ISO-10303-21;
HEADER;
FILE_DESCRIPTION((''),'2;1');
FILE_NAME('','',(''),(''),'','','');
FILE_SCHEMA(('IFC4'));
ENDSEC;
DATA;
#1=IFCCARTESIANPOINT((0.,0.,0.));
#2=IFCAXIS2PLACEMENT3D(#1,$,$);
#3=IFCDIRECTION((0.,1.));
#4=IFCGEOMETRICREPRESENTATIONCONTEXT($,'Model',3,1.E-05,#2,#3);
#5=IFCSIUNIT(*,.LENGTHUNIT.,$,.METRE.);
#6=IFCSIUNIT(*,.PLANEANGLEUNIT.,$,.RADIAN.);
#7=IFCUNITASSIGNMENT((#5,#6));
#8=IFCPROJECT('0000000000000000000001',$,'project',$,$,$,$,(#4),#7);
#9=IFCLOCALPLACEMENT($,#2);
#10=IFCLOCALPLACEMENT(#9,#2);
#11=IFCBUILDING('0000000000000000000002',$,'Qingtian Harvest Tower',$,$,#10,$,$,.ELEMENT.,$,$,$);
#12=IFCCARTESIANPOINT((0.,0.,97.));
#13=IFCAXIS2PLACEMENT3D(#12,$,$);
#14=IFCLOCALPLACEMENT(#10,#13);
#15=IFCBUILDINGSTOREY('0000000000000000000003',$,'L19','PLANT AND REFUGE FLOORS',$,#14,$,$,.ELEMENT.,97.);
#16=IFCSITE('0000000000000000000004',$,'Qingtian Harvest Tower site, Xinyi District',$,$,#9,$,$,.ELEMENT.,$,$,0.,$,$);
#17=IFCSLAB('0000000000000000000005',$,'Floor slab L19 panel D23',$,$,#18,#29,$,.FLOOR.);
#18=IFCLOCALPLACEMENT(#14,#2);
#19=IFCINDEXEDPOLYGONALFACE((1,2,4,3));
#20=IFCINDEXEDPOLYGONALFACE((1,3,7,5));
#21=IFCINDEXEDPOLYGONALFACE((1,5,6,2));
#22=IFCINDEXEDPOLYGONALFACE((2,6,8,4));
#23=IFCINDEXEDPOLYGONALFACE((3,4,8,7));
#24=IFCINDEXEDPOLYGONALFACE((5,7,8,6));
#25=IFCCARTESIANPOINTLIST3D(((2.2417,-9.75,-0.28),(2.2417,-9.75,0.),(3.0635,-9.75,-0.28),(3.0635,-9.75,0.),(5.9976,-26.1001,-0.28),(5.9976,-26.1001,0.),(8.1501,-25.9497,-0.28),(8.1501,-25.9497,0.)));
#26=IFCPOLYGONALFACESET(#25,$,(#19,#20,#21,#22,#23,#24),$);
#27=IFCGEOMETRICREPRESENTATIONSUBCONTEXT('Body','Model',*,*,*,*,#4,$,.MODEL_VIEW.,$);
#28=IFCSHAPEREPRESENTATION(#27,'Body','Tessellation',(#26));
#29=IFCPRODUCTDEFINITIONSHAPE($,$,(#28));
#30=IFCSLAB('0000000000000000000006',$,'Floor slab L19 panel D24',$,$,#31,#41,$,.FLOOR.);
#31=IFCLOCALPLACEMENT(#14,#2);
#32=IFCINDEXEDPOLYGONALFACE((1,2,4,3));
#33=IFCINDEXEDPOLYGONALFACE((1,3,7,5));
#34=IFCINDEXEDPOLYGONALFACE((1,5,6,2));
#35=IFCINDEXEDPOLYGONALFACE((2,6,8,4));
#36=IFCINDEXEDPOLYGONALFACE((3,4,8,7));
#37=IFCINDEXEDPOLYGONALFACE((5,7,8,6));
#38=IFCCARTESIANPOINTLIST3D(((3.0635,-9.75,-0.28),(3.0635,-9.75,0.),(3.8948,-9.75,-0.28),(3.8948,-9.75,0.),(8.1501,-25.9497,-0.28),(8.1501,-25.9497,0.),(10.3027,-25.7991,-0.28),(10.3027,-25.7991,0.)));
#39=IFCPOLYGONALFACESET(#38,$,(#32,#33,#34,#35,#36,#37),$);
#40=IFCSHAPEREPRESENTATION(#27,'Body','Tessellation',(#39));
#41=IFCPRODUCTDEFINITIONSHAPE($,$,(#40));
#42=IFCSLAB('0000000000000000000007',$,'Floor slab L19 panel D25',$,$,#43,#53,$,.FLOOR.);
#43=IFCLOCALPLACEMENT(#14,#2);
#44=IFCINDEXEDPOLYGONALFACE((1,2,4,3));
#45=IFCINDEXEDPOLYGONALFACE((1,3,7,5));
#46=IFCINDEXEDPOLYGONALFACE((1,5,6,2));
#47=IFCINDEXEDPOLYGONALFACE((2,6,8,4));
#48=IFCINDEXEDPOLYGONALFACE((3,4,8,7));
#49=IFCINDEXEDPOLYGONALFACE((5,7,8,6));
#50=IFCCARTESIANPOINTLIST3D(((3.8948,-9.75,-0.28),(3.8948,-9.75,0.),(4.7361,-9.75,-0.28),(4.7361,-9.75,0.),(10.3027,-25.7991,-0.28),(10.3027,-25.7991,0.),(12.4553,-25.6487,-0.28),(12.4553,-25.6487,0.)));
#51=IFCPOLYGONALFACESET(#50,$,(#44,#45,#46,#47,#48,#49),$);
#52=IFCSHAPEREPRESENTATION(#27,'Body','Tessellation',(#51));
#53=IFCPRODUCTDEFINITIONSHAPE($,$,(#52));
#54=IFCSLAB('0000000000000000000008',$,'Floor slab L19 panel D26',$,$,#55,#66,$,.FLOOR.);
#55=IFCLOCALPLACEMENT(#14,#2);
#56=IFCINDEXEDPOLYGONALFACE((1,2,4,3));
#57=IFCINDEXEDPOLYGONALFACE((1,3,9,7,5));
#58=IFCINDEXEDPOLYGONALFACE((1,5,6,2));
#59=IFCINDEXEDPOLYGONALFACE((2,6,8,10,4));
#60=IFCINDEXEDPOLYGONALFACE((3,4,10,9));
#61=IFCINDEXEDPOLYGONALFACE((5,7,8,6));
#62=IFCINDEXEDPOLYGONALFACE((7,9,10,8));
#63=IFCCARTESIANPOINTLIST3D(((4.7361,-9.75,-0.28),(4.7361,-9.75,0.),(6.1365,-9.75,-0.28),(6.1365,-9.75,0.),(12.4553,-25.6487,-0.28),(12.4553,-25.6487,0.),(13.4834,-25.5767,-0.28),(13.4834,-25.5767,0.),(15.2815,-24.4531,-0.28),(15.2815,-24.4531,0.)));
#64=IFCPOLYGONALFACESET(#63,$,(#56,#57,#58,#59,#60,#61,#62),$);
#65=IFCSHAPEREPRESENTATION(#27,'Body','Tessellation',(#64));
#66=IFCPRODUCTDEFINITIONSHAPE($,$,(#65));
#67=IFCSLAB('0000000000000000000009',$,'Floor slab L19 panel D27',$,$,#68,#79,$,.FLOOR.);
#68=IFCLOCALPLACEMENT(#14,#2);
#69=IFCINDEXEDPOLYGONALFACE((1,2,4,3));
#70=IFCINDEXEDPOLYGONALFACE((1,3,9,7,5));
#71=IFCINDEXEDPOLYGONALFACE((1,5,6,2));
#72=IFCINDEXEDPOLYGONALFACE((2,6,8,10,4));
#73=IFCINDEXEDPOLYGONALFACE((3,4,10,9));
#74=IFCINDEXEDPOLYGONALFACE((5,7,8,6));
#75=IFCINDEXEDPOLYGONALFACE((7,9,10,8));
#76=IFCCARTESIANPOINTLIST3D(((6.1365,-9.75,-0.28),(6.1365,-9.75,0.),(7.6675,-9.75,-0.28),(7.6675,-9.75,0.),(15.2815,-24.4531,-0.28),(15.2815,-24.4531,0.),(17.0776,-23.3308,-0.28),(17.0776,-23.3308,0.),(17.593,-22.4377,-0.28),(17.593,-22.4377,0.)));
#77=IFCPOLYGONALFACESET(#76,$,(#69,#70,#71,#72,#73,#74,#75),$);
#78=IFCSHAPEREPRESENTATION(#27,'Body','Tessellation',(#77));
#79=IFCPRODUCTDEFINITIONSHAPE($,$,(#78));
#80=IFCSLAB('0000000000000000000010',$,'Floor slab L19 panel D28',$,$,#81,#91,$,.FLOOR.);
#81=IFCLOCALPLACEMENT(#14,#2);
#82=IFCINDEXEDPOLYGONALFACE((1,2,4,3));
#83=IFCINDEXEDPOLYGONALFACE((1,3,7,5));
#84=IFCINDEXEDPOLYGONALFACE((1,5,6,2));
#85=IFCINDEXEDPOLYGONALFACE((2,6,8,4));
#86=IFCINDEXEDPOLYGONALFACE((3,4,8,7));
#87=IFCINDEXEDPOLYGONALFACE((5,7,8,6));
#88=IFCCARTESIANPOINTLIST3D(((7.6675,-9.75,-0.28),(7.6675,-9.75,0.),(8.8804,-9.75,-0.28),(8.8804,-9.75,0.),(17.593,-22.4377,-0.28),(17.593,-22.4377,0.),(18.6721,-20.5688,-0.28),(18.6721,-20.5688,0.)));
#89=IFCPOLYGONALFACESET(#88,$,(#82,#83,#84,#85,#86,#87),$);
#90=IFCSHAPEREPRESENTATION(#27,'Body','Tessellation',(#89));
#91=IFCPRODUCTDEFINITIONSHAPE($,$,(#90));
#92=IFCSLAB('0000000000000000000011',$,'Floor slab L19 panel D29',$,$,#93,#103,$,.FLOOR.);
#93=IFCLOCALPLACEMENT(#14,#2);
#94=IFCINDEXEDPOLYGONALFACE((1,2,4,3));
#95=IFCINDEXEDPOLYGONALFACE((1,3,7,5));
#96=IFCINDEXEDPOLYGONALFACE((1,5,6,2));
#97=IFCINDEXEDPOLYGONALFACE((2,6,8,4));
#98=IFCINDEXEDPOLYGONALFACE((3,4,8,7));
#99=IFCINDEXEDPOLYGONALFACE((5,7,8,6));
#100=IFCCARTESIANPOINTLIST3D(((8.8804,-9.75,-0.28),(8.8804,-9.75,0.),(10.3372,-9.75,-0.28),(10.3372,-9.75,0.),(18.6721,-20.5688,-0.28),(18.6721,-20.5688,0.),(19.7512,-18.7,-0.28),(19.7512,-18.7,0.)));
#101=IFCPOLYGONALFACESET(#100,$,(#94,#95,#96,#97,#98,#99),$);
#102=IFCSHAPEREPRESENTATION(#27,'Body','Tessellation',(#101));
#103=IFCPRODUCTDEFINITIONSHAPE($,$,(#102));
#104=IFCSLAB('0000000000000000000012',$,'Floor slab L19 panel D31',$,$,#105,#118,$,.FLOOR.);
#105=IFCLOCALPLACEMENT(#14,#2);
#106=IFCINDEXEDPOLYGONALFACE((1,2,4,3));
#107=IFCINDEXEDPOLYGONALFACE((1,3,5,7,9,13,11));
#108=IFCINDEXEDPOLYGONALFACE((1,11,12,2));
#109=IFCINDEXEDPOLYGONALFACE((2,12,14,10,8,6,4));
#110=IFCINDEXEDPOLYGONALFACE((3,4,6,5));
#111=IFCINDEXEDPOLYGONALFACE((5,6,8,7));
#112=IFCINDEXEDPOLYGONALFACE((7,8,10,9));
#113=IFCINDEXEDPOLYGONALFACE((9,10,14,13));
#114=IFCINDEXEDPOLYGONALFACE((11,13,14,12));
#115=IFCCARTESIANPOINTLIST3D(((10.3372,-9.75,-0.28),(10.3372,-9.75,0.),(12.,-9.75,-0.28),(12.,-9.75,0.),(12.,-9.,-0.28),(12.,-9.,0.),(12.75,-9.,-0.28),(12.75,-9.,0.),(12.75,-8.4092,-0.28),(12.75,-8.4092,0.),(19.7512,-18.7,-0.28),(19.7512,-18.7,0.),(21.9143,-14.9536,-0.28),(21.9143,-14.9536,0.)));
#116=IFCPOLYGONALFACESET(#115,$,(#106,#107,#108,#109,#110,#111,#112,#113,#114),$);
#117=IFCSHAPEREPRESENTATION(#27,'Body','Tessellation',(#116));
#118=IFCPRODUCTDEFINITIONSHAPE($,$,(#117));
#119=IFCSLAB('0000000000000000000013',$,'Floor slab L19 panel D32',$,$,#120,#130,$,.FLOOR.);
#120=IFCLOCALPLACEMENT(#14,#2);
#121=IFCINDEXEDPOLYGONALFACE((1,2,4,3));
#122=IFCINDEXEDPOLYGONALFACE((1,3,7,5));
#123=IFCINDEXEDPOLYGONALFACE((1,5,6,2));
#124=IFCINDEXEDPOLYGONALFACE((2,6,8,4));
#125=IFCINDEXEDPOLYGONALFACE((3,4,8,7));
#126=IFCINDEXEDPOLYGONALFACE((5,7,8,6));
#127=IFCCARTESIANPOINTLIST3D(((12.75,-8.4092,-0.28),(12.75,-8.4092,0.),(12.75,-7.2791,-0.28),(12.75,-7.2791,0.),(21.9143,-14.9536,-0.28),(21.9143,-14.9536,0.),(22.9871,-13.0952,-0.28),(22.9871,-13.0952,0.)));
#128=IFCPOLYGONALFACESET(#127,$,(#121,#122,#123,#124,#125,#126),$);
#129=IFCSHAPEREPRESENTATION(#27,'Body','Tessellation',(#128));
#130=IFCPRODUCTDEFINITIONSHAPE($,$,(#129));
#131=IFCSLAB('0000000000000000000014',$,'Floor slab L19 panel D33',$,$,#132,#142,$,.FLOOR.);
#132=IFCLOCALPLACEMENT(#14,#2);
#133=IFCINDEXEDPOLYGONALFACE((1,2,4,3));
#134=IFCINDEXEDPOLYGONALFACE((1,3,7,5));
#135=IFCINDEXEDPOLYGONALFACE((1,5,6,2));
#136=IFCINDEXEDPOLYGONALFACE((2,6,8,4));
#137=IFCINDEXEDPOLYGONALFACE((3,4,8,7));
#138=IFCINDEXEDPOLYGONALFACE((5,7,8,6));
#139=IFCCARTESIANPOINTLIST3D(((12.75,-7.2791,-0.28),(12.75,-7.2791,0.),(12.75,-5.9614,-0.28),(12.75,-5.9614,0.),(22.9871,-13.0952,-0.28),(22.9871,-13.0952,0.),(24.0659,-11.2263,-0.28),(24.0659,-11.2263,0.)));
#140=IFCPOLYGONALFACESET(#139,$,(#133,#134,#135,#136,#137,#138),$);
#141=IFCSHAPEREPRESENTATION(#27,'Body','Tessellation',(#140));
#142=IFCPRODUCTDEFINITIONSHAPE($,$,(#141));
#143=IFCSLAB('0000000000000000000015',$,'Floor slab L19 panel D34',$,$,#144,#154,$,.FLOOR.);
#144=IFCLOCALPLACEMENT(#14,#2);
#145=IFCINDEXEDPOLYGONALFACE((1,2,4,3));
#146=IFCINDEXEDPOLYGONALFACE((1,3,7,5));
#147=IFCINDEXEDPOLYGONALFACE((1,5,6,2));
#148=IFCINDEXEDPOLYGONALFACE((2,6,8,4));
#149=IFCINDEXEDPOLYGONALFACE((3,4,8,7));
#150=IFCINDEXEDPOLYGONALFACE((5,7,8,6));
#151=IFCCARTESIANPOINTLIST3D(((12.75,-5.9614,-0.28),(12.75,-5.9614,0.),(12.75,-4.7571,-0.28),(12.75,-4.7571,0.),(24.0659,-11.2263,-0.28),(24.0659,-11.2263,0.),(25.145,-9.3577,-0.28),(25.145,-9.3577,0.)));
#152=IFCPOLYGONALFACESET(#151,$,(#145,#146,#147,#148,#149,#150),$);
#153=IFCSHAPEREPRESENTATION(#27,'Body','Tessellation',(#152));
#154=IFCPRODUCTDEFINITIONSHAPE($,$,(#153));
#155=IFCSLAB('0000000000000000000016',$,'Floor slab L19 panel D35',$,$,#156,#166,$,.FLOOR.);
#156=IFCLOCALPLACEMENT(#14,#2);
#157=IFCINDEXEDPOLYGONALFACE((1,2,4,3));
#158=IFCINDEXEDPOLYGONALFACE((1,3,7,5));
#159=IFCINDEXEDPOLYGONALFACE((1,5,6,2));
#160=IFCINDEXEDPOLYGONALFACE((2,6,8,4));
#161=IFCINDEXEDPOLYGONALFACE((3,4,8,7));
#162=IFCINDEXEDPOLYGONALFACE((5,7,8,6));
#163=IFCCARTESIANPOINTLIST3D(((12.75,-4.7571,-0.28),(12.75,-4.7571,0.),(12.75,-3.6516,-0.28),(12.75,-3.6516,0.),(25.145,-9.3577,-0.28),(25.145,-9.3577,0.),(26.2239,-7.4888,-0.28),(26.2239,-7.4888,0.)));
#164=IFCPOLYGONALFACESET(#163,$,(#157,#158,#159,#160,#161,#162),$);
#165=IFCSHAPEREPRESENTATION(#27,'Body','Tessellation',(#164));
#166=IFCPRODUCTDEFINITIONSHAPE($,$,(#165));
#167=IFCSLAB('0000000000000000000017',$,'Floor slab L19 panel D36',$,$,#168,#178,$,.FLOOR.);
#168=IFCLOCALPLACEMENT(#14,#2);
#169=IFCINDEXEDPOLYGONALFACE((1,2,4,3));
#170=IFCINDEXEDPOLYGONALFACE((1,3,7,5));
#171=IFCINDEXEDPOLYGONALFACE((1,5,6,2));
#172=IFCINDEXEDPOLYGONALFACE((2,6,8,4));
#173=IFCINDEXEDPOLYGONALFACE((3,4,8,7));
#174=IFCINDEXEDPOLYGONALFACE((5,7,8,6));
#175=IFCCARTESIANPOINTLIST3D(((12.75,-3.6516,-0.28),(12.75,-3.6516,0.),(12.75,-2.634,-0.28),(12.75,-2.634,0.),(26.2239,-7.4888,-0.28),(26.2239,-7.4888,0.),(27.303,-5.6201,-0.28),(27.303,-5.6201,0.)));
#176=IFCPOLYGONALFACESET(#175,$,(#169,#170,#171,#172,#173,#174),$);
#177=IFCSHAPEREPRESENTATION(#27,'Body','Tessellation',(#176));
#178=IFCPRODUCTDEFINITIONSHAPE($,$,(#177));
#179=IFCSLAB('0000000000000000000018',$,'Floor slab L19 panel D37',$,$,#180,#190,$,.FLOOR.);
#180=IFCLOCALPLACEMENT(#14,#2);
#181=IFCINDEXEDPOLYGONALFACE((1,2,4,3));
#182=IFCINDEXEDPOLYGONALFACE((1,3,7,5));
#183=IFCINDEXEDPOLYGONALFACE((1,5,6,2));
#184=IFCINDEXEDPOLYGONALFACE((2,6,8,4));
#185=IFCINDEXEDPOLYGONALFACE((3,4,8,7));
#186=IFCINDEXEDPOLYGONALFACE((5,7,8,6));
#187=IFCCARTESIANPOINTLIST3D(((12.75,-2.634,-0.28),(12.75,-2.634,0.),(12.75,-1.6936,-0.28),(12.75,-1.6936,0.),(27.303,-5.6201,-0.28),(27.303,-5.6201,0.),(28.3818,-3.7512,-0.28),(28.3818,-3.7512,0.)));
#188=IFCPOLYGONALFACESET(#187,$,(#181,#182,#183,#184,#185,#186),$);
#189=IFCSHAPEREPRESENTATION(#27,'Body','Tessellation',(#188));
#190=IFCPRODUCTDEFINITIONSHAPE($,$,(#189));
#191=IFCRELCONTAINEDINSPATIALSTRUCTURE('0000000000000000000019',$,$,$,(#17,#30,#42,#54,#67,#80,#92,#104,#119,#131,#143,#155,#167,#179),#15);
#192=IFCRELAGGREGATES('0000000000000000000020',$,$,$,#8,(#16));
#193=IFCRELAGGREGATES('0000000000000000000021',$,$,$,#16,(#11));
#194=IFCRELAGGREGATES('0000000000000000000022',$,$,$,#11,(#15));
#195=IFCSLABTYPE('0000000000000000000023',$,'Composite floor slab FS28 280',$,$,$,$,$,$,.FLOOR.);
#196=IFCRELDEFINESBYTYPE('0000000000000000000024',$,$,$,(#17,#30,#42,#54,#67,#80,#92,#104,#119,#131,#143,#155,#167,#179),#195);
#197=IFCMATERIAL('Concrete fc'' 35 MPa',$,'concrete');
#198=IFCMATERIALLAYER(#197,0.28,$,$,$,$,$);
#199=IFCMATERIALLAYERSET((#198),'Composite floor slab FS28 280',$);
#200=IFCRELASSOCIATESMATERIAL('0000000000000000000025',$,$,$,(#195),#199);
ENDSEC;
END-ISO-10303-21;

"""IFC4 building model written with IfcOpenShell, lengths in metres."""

from ifc_helpers import new_model, si_unit, direction, frame, origin, place, context, subcontext, project, spatial, polyline, outline, extrude, material, layer, layer_set, type_object, element, save


model = new_model("IFC4")

# Units and contexts
model_context = context("Model", 3, precision=1e-05, world=origin(), true_north=direction((0.0, 1.0)))
body_context = subcontext(model_context, "Body", "Model", "MODEL_VIEW")
ifc_project = project(units=[si_unit("LENGTHUNIT", "METRE"), si_unit("PLANEANGLEUNIT", "RADIAN")], contexts=[model_context])

# Site, building, storey
site_placement = place(None, origin())
site = spatial("IfcSite", under=ifc_project, at=site_placement, Name="Qingtian Harvest Tower site, Xinyi District", CompositionType="ELEMENT", RefElevation=0.0)
building_placement = place(site_placement, origin())
building = spatial("IfcBuilding", under=site, at=building_placement, Name="Qingtian Harvest Tower", CompositionType="ELEMENT")
storey_placement = place(building_placement, frame((0.0, 0.0, 97.0)))
storey = spatial("IfcBuildingStorey", under=building, at=storey_placement, Name="L19", Description="PLANT AND REFUGE FLOORS", CompositionType="ELEMENT", Elevation=97.0)

# Slabs
ifc_material = material(Name="Concrete fc' 35 MPa", Category="concrete")
ifc_layer = layer(ifc_material, 0.28)
ifc_layer_set = layer_set([ifc_layer], Name="Composite floor slab FS28 280")
slab_type = type_object("IfcSlabType", Name="Composite floor slab FS28 280", PredefinedType="FLOOR", material=ifc_layer_set)
slab_1_placement = place(storey_placement, frame((0.0, 0.0, -0.28)))
element("IfcSlab", 1, at=slab_1_placement, inside=storey, type_object=slab_type, Name="Floor slab L19 panel D23", PredefinedType="FLOOR", context=body_context, shape_type="SweptSolid", body=[
    extrude(outline(polyline([(3.0635, -9.75), (8.1501, -25.9497), (5.9976, -26.1001), (2.2417, -9.75), (3.0635, -9.75)])), origin(), (0.0, 0.0, 1.0), 0.28),
])
slab_2_placement = place(storey_placement, frame((0.0, 0.0, -0.28)))
element("IfcSlab", 2, at=slab_2_placement, inside=storey, type_object=slab_type, Name="Floor slab L19 panel D24", PredefinedType="FLOOR", context=body_context, shape_type="SweptSolid", body=[
    extrude(outline(polyline([(3.8948, -9.75), (10.3027, -25.7991), (8.1501, -25.9497), (3.0635, -9.75), (3.8948, -9.75)])), origin(), (0.0, 0.0, 1.0), 0.28),
])
slab_3_placement = place(storey_placement, frame((0.0, 0.0, -0.28)))
element("IfcSlab", 3, at=slab_3_placement, inside=storey, type_object=slab_type, Name="Floor slab L19 panel D25", PredefinedType="FLOOR", context=body_context, shape_type="SweptSolid", body=[
    extrude(outline(polyline([(4.7361, -9.75), (12.4553, -25.6487), (10.3027, -25.7991), (3.8948, -9.75), (4.7361, -9.75)])), origin(), (0.0, 0.0, 1.0), 0.28),
])
slab_4_placement = place(storey_placement, frame((0.0, 0.0, -0.28)))
element("IfcSlab", 4, at=slab_4_placement, inside=storey, type_object=slab_type, Name="Floor slab L19 panel D26", PredefinedType="FLOOR", context=body_context, shape_type="SweptSolid", body=[
    extrude(outline(polyline([(4.7361, -9.75), (6.1365, -9.75), (15.2815, -24.4531), (13.4834, -25.5767), (12.4553, -25.6487), (4.7361, -9.75)])), origin(), (0.0, 0.0, 1.0), 0.28),
])
slab_5_placement = place(storey_placement, frame((0.0, 0.0, -0.28)))
element("IfcSlab", 5, at=slab_5_placement, inside=storey, type_object=slab_type, Name="Floor slab L19 panel D27", PredefinedType="FLOOR", context=body_context, shape_type="SweptSolid", body=[
    extrude(outline(polyline([(6.1365, -9.75), (7.6675, -9.75), (17.593, -22.4377), (17.0776, -23.3308), (15.2815, -24.4531), (6.1365, -9.75)])), origin(), (0.0, 0.0, 1.0), 0.28),
])
slab_6_placement = place(storey_placement, frame((0.0, 0.0, -0.28)))
element("IfcSlab", 6, at=slab_6_placement, inside=storey, type_object=slab_type, Name="Floor slab L19 panel D28", PredefinedType="FLOOR", context=body_context, shape_type="SweptSolid", body=[
    extrude(outline(polyline([(8.8804, -9.75), (18.6721, -20.5688), (17.593, -22.4377), (7.6675, -9.75), (8.8804, -9.75)])), origin(), (0.0, 0.0, 1.0), 0.28),
])
slab_7_placement = place(storey_placement, frame((0.0, 0.0, -0.28)))
element("IfcSlab", 7, at=slab_7_placement, inside=storey, type_object=slab_type, Name="Floor slab L19 panel D29", PredefinedType="FLOOR", context=body_context, shape_type="SweptSolid", body=[
    extrude(outline(polyline([(10.3372, -9.75), (19.7512, -18.7), (18.6721, -20.5688), (8.8804, -9.75), (10.3372, -9.75)])), origin(), (0.0, 0.0, 1.0), 0.28),
])
slab_8_placement = place(storey_placement, frame((0.0, 0.0, -0.28)))
element("IfcSlab", 8, at=slab_8_placement, inside=storey, type_object=slab_type, Name="Floor slab L19 panel D31", PredefinedType="FLOOR", context=body_context, shape_type="SweptSolid", body=[
    extrude(outline(polyline([(12.75, -8.4092), (21.9143, -14.9536), (19.7512, -18.7), (10.3372, -9.75), (12.0, -9.75), (12.0, -9.0), (12.75, -9.0), (12.75, -8.4092)])), origin(), (0.0, 0.0, 1.0), 0.28),
])
slab_9_placement = place(storey_placement, frame((0.0, 0.0, -0.28)))
element("IfcSlab", 9, at=slab_9_placement, inside=storey, type_object=slab_type, Name="Floor slab L19 panel D32", PredefinedType="FLOOR", context=body_context, shape_type="SweptSolid", body=[
    extrude(outline(polyline([(12.75, -7.2791), (22.9871, -13.0952), (21.9143, -14.9536), (12.75, -8.4092), (12.75, -7.2791)])), origin(), (0.0, 0.0, 1.0), 0.28),
])
slab_10_placement = place(storey_placement, frame((0.0, 0.0, -0.28)))
element("IfcSlab", 10, at=slab_10_placement, inside=storey, type_object=slab_type, Name="Floor slab L19 panel D33", PredefinedType="FLOOR", context=body_context, shape_type="SweptSolid", body=[
    extrude(outline(polyline([(12.75, -5.9614), (24.0659, -11.2263), (22.9871, -13.0952), (12.75, -7.2791), (12.75, -5.9614)])), origin(), (0.0, 0.0, 1.0), 0.28),
])
slab_11_placement = place(storey_placement, frame((0.0, 0.0, -0.28)))
element("IfcSlab", 11, at=slab_11_placement, inside=storey, type_object=slab_type, Name="Floor slab L19 panel D34", PredefinedType="FLOOR", context=body_context, shape_type="SweptSolid", body=[
    extrude(outline(polyline([(12.75, -4.7571), (25.145, -9.3577), (24.0659, -11.2263), (12.75, -5.9614), (12.75, -4.7571)])), origin(), (0.0, 0.0, 1.0), 0.28),
])
slab_12_placement = place(storey_placement, frame((0.0, 0.0, -0.28)))
element("IfcSlab", 12, at=slab_12_placement, inside=storey, type_object=slab_type, Name="Floor slab L19 panel D35", PredefinedType="FLOOR", context=body_context, shape_type="SweptSolid", body=[
    extrude(outline(polyline([(12.75, -3.6516), (26.2239, -7.4888), (25.145, -9.3577), (12.75, -4.7571), (12.75, -3.6516)])), origin(), (0.0, 0.0, 1.0), 0.28),
])
slab_13_placement = place(storey_placement, frame((0.0, 0.0, -0.28)))
element("IfcSlab", 13, at=slab_13_placement, inside=storey, type_object=slab_type, Name="Floor slab L19 panel D36", PredefinedType="FLOOR", context=body_context, shape_type="SweptSolid", body=[
    extrude(outline(polyline([(12.75, -2.634), (27.303, -5.6201), (26.2239, -7.4888), (12.75, -3.6516), (12.75, -2.634)])), origin(), (0.0, 0.0, 1.0), 0.28),
])
slab_14_placement = place(storey_placement, frame((0.0, 0.0, -0.28)))
element("IfcSlab", 14, at=slab_14_placement, inside=storey, type_object=slab_type, Name="Floor slab L19 panel D37", PredefinedType="FLOOR", context=body_context, shape_type="SweptSolid", body=[
    extrude(outline(polyline([(12.75, -1.6936), (28.3818, -3.7512), (27.303, -5.6201), (12.75, -2.634), (12.75, -1.6936)])), origin(), (0.0, 0.0, 1.0), 0.28),
])

save(model, "model.ifc")
